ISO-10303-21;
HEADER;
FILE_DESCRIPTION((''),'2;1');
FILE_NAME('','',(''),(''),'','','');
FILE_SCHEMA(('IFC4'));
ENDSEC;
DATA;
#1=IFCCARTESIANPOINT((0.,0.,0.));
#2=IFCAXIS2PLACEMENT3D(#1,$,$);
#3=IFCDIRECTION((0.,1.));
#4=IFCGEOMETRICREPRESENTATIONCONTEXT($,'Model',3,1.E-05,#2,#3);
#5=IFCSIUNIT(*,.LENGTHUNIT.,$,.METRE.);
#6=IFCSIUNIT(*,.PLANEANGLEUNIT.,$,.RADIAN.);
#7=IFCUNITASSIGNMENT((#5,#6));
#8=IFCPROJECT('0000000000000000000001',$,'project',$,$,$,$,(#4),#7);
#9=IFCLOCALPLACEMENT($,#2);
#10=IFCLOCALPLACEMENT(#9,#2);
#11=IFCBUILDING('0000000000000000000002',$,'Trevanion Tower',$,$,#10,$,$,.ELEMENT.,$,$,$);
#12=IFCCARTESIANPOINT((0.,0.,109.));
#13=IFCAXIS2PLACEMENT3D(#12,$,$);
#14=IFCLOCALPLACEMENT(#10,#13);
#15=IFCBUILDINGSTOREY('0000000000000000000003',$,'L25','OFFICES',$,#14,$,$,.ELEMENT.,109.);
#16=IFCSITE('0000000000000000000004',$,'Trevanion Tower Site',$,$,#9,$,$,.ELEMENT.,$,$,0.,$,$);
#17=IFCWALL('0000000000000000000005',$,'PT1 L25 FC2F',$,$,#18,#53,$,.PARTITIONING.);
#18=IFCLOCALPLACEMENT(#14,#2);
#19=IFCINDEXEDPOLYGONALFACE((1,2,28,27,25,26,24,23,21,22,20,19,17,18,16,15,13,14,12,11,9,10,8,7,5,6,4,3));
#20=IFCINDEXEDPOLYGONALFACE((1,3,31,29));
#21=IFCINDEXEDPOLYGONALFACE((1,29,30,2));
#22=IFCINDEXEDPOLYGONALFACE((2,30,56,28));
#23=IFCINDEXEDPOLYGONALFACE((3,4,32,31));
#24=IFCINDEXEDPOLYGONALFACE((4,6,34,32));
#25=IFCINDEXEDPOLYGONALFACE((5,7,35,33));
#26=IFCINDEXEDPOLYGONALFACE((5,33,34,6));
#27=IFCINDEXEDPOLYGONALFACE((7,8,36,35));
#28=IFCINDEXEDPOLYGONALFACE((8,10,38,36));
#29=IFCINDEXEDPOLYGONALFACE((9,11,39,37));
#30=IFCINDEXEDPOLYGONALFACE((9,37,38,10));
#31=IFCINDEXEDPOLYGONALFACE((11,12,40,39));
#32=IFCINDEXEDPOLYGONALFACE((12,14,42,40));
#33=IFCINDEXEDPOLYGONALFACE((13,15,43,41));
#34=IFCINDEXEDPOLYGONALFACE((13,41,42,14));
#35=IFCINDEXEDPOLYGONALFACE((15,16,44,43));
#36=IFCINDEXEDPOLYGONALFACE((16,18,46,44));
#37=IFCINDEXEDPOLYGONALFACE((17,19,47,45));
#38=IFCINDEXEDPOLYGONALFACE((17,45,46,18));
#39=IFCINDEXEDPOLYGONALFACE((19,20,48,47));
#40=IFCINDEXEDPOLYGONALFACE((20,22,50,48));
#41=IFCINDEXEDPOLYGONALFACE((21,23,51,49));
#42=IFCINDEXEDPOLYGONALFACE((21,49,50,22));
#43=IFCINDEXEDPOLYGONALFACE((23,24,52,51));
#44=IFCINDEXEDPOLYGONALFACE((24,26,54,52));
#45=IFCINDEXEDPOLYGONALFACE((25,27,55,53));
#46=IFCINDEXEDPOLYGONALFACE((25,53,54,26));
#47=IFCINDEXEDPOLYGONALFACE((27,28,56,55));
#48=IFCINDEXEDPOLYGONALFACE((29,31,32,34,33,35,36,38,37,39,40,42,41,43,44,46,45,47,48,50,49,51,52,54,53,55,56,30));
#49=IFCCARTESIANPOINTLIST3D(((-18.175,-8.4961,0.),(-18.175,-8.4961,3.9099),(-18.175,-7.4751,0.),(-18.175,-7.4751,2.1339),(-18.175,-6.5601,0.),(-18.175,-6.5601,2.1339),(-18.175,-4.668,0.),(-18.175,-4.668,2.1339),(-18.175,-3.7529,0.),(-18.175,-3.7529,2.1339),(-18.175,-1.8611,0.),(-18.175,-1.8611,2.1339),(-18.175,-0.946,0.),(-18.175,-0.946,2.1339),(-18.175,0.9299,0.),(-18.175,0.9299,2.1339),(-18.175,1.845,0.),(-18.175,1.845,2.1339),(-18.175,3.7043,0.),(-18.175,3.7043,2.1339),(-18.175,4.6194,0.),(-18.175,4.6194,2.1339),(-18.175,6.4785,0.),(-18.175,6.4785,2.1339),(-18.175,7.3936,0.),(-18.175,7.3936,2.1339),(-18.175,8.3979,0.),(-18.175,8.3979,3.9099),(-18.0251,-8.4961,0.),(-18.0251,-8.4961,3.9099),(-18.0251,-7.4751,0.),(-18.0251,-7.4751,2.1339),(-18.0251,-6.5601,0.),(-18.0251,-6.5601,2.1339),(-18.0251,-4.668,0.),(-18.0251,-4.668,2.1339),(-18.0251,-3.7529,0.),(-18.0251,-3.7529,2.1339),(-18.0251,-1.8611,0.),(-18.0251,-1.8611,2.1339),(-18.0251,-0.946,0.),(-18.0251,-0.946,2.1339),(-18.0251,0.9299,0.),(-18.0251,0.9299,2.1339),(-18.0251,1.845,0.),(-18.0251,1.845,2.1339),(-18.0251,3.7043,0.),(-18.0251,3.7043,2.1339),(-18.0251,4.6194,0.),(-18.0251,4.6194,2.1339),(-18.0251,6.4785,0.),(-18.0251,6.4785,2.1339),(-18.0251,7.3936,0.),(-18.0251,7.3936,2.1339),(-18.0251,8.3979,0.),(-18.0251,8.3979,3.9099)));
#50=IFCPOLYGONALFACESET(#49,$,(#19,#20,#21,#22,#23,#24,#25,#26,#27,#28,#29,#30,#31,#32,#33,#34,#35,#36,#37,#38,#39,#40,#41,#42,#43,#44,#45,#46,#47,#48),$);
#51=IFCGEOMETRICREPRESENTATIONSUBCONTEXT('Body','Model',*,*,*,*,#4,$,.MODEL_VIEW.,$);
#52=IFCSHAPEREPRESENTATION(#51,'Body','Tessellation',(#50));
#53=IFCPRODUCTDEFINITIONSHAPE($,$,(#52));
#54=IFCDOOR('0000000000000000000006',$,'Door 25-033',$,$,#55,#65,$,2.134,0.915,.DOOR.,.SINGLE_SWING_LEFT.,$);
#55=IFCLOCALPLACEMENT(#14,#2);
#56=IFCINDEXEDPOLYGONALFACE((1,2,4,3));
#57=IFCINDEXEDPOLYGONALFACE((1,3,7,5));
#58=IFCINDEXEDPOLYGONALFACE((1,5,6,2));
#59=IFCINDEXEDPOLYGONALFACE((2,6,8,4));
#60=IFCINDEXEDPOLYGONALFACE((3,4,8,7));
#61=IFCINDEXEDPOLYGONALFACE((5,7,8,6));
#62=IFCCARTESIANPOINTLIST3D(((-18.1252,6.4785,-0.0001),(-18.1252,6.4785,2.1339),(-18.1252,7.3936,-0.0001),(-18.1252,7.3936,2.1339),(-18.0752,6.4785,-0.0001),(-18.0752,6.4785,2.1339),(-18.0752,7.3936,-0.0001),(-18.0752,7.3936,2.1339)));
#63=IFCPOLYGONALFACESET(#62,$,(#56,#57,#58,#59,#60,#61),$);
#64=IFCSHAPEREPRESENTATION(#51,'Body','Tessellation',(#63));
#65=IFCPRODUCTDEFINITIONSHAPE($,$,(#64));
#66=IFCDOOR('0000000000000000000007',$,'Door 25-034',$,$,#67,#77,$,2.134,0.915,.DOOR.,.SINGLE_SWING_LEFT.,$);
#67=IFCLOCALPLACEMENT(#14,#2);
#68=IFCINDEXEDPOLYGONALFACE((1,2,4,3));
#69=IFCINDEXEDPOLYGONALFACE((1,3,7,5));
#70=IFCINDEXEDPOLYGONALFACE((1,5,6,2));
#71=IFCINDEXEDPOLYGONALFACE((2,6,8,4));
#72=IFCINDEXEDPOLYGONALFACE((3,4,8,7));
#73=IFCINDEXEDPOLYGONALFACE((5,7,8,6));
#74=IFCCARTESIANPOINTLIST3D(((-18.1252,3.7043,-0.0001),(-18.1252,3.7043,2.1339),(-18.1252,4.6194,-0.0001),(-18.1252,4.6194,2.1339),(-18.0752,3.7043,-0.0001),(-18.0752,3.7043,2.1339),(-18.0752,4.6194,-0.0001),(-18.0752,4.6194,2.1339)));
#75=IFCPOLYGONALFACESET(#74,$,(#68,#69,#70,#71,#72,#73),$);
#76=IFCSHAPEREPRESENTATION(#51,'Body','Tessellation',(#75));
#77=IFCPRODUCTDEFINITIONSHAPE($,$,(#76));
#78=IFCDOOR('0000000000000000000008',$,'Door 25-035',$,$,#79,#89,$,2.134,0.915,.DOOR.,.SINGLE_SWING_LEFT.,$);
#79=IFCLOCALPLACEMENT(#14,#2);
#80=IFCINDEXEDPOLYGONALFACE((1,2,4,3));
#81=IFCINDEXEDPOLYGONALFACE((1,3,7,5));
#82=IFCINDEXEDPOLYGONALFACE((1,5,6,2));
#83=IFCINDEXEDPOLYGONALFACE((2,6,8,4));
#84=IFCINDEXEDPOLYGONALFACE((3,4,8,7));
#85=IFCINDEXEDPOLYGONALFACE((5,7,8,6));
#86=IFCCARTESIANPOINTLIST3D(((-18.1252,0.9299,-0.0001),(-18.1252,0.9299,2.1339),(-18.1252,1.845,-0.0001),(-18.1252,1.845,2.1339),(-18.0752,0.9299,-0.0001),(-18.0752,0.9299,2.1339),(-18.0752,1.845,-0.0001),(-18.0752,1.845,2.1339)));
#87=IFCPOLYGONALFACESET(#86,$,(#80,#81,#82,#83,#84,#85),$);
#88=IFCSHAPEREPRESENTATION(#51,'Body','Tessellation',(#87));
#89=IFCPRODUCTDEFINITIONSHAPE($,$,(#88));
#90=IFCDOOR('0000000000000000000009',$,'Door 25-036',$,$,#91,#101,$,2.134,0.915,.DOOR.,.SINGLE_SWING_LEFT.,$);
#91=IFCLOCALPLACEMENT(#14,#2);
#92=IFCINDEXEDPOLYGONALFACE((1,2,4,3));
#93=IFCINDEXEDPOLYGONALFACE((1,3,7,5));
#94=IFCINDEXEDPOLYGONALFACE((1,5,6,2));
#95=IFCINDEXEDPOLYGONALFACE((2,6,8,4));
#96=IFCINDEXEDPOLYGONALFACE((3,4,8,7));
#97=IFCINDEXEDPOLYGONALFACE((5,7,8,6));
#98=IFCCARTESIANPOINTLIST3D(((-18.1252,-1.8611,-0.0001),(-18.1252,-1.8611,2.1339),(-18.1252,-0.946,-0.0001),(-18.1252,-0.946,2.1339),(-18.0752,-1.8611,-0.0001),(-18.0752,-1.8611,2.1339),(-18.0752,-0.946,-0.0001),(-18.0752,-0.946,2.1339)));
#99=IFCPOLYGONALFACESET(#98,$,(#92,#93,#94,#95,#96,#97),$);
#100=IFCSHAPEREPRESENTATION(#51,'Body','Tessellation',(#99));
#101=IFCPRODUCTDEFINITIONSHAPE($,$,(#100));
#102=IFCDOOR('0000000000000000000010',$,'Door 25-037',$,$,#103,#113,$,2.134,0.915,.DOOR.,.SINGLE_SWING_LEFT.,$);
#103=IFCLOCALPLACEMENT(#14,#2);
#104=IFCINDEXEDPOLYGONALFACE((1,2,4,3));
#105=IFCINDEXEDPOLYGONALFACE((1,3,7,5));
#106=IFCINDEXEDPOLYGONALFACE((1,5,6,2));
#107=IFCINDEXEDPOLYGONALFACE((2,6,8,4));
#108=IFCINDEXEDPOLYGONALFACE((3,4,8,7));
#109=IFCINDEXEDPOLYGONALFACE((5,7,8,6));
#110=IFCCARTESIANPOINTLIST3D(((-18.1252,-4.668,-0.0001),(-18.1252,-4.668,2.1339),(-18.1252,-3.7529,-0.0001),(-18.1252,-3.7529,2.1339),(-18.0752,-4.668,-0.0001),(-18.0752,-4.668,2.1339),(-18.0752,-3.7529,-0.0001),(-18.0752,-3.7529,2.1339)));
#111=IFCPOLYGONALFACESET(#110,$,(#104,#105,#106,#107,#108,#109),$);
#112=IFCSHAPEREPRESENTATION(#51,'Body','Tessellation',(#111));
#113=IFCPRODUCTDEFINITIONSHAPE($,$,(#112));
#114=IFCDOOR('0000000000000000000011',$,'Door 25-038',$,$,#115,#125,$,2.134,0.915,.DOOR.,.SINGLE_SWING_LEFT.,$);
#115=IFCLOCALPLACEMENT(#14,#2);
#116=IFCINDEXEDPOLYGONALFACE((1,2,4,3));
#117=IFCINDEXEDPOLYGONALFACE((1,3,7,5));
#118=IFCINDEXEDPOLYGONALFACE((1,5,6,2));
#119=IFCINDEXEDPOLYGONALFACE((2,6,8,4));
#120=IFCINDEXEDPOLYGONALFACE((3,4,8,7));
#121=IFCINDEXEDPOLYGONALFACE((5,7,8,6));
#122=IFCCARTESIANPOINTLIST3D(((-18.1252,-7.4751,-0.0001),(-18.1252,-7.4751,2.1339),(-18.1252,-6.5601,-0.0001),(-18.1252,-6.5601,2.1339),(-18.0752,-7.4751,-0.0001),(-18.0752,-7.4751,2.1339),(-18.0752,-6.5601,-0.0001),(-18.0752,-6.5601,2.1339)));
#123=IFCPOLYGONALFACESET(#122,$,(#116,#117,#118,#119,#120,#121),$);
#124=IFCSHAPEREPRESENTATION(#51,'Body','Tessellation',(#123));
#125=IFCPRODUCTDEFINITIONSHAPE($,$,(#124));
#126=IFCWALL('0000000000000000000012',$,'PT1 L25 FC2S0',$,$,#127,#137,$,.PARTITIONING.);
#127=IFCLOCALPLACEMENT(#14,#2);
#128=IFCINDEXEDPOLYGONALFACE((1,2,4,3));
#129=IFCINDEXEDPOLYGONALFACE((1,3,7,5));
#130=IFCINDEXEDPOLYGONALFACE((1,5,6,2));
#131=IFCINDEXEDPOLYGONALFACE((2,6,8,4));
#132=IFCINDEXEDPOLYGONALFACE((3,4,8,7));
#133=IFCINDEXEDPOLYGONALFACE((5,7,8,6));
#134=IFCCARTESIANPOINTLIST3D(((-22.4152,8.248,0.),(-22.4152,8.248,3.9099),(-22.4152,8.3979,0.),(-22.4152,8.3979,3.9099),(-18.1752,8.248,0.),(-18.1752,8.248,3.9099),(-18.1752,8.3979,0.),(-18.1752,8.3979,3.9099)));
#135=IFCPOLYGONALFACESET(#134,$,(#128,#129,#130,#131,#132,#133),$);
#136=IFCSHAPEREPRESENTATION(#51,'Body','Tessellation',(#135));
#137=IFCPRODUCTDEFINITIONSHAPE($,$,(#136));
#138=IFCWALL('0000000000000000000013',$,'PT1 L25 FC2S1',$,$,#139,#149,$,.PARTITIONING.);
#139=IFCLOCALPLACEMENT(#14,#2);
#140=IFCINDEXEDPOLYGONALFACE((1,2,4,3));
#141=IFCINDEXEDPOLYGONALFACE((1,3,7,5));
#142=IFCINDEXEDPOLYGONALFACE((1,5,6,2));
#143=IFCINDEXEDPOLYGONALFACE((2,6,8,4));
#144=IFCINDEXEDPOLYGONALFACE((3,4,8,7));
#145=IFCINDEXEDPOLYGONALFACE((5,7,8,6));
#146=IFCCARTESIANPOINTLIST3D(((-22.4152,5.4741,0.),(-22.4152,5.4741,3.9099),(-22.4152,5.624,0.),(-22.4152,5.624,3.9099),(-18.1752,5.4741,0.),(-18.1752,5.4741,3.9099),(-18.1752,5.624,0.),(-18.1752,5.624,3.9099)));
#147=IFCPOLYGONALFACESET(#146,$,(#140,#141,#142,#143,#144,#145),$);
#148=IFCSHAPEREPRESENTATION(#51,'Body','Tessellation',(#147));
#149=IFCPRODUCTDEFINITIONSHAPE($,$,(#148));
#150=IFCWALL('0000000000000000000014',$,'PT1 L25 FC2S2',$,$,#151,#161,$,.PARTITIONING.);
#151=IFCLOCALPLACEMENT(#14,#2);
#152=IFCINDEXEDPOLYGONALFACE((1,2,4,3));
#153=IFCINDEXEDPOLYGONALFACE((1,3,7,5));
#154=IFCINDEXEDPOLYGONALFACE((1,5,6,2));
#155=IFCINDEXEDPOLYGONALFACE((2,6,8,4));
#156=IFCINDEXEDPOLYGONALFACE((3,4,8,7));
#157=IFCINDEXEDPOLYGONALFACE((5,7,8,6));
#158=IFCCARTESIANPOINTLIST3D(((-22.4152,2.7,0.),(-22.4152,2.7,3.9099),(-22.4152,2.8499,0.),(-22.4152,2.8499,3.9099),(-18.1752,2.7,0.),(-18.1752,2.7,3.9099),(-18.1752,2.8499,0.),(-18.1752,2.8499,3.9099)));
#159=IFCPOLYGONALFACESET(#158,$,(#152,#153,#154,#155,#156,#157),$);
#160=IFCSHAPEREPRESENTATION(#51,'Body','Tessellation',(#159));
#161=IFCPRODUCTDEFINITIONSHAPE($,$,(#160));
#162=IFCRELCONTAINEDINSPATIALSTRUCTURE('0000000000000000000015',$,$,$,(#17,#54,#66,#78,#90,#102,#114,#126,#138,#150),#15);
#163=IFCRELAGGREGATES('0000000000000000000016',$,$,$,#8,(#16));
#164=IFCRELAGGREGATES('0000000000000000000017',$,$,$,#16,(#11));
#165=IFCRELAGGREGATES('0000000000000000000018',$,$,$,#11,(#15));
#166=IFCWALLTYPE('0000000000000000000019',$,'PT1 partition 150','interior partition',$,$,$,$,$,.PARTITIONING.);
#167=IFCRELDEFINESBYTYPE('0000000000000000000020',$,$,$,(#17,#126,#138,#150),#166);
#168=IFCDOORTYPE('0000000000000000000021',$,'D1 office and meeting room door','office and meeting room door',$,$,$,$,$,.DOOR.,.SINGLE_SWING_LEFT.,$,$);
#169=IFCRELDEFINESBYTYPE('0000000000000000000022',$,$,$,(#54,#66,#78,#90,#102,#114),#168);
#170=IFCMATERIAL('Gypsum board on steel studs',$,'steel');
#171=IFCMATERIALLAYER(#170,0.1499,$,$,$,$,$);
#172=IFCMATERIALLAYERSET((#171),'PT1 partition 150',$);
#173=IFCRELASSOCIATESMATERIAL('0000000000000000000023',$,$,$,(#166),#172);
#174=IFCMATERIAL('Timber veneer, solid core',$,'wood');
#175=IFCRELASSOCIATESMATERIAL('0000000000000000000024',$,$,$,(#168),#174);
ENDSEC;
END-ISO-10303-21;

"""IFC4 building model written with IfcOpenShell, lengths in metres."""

from ifc_helpers import new_model, si_unit, direction, frame, frame_2d, origin, place, context, subcontext, project, spatial, rectangle, extrude, material, layer, layer_set, type_object, element, fill, save


model = new_model("IFC4")

# Units and contexts
model_context = context("Model", 3, precision=1e-05, world=origin(), true_north=direction((0.0, 1.0)))
body_context = subcontext(model_context, "Body", "Model", "MODEL_VIEW")
ifc_project = project(units=[si_unit("LENGTHUNIT", "METRE"), si_unit("PLANEANGLEUNIT", "RADIAN")], contexts=[model_context])

# Site, building, storey
site_placement = place(None, origin())
site = spatial("IfcSite", under=ifc_project, at=site_placement, Name="Trevanion Tower Site", CompositionType="ELEMENT", RefElevation=0.0)
building_placement = place(site_placement, origin())
building = spatial("IfcBuilding", under=site, at=building_placement, Name="Trevanion Tower", CompositionType="ELEMENT")
storey_placement = place(building_placement, frame((0.0, 0.0, 109.0)))
storey = spatial("IfcBuildingStorey", under=building, at=storey_placement, Name="L25", Description="OFFICES", CompositionType="ELEMENT", Elevation=109.0)

# Wall, openings, doors
ifc_material_1 = material(Name="Gypsum board on steel studs", Category="steel")
ifc_layer_1 = layer(ifc_material_1, 0.1499)
ifc_layer_set_1 = layer_set([ifc_layer_1], Name="PT1 partition 150")
wall_type = type_object("IfcWallType", Name="PT1 partition 150", Description="interior partition", PredefinedType="PARTITIONING", material=ifc_layer_set_1)
wall_1_placement = place(storey_placement, frame((-18.1001, 8.3979, 0.0), z_axis=(0.0, 0.0, 1.0), x_axis=(0.0, -1.0, 0.0)))
wall_1 = element("IfcWall", 1, at=wall_1_placement, inside=storey, type_object=wall_type, Name="PT1 L25 FC2F", PredefinedType="PARTITIONING", context=body_context, shape_type="SweptSolid", body=[
    extrude(rectangle(XDim=16.894, YDim=0.1499, at=frame_2d((8.447, 0.0))), origin(), (0.0, 0.0, 1.0), 3.9099),
])
opening_1_placement = place(wall_1_placement, frame((1.0044, 0.0, 0.0)))
opening_1 = element("IfcOpeningElement", 2, at=opening_1_placement, cuts=wall_1, PredefinedType="OPENING", context=body_context, shape_type="SweptSolid", body=[
    extrude(rectangle(XDim=0.915, YDim=2.134, at=frame_2d((0.4575, 1.0669))), frame((0.0, 0.085, 0.0), z_axis=(0.0, -1.0, 0.0), x_axis=(1.0, 0.0, 0.0)), (0.0, 0.0, 1.0), 0.1699),
])
opening_2_placement = place(wall_1_placement, frame((3.7786, 0.0, 0.0)))
opening_2 = element("IfcOpeningElement", 3, at=opening_2_placement, cuts=wall_1, PredefinedType="OPENING", context=body_context, shape_type="SweptSolid", body=[
    extrude(rectangle(XDim=0.915, YDim=2.134, at=frame_2d((0.4575, 1.0669))), frame((0.0, 0.085, 0.0), z_axis=(0.0, -1.0, 0.0), x_axis=(1.0, 0.0, 0.0)), (0.0, 0.0, 1.0), 0.1699),
])
opening_3_placement = place(wall_1_placement, frame((6.553, 0.0, 0.0)))
opening_3 = element("IfcOpeningElement", 4, at=opening_3_placement, cuts=wall_1, PredefinedType="OPENING", context=body_context, shape_type="SweptSolid", body=[
    extrude(rectangle(XDim=0.915, YDim=2.134, at=frame_2d((0.4575, 1.0669))), frame((0.0, 0.085, 0.0), z_axis=(0.0, -1.0, 0.0), x_axis=(1.0, 0.0, 0.0)), (0.0, 0.0, 1.0), 0.1699),
])
opening_4_placement = place(wall_1_placement, frame((9.344, 0.0, 0.0)))
opening_4 = element("IfcOpeningElement", 5, at=opening_4_placement, cuts=wall_1, PredefinedType="OPENING", context=body_context, shape_type="SweptSolid", body=[
    extrude(rectangle(XDim=0.915, YDim=2.134, at=frame_2d((0.4575, 1.0669))), frame((0.0, 0.085, 0.0), z_axis=(0.0, -1.0, 0.0), x_axis=(1.0, 0.0, 0.0)), (0.0, 0.0, 1.0), 0.1699),
])
opening_5_placement = place(wall_1_placement, frame((12.1509, 0.0, 0.0)))
opening_5 = element("IfcOpeningElement", 6, at=opening_5_placement, cuts=wall_1, PredefinedType="OPENING", context=body_context, shape_type="SweptSolid", body=[
    extrude(rectangle(XDim=0.915, YDim=2.134, at=frame_2d((0.4575, 1.0669))), frame((0.0, 0.085, 0.0), z_axis=(0.0, -1.0, 0.0), x_axis=(1.0, 0.0, 0.0)), (0.0, 0.0, 1.0), 0.1699),
])
opening_6_placement = place(wall_1_placement, frame((14.958, 0.0, 0.0)))
opening_6 = element("IfcOpeningElement", 7, at=opening_6_placement, cuts=wall_1, PredefinedType="OPENING", context=body_context, shape_type="SweptSolid", body=[
    extrude(rectangle(XDim=0.915, YDim=2.134, at=frame_2d((0.4575, 1.0669))), frame((0.0, 0.085, 0.0), z_axis=(0.0, -1.0, 0.0), x_axis=(1.0, 0.0, 0.0)), (0.0, 0.0, 1.0), 0.1699),
])
ifc_material_2 = material(Name="Timber veneer, solid core", Category="wood")
door_type = type_object("IfcDoorType", Name="D1 office and meeting room door", Description="office and meeting room door", OperationType="SINGLE_SWING_LEFT", PredefinedType="DOOR", material=ifc_material_2)
door_1_placement = place(opening_1_placement, origin())
door_1 = element("IfcDoor", 8, at=door_1_placement, inside=storey, type_object=door_type, Name="Door 25-033", OperationType="SINGLE_SWING_LEFT", OverallHeight=2.134, OverallWidth=0.915, PredefinedType="DOOR", context=body_context, shape_type="SweptSolid", body=[
    extrude(rectangle(XDim=0.915, YDim=2.134, at=frame_2d((0.4575, 1.0669))), frame((0.0, 0.0249, 0.0), z_axis=(0.0, -1.0, 0.0), x_axis=(1.0, 0.0, 0.0)), (0.0, 0.0, 1.0), 0.05),
])
fill(opening_1, door_1)
door_2_placement = place(opening_2_placement, origin())
door_2 = element("IfcDoor", 9, at=door_2_placement, inside=storey, type_object=door_type, Name="Door 25-034", OperationType="SINGLE_SWING_LEFT", OverallHeight=2.134, OverallWidth=0.915, PredefinedType="DOOR", context=body_context, shape_type="SweptSolid", body=[
    extrude(rectangle(XDim=0.915, YDim=2.134, at=frame_2d((0.4575, 1.0669))), frame((0.0, 0.0249, 0.0), z_axis=(0.0, -1.0, 0.0), x_axis=(1.0, 0.0, 0.0)), (0.0, 0.0, 1.0), 0.05),
])
fill(opening_2, door_2)
door_3_placement = place(opening_3_placement, origin())
door_3 = element("IfcDoor", 10, at=door_3_placement, inside=storey, type_object=door_type, Name="Door 25-035", OperationType="SINGLE_SWING_LEFT", OverallHeight=2.134, OverallWidth=0.915, PredefinedType="DOOR", context=body_context, shape_type="SweptSolid", body=[
    extrude(rectangle(XDim=0.915, YDim=2.134, at=frame_2d((0.4575, 1.0669))), frame((0.0, 0.0249, 0.0), z_axis=(0.0, -1.0, 0.0), x_axis=(1.0, 0.0, 0.0)), (0.0, 0.0, 1.0), 0.05),
])
fill(opening_3, door_3)
door_4_placement = place(opening_4_placement, origin())
door_4 = element("IfcDoor", 11, at=door_4_placement, inside=storey, type_object=door_type, Name="Door 25-036", OperationType="SINGLE_SWING_LEFT", OverallHeight=2.134, OverallWidth=0.915, PredefinedType="DOOR", context=body_context, shape_type="SweptSolid", body=[
    extrude(rectangle(XDim=0.915, YDim=2.134, at=frame_2d((0.4575, 1.0669))), frame((0.0, 0.0249, 0.0), z_axis=(0.0, -1.0, 0.0), x_axis=(1.0, 0.0, 0.0)), (0.0, 0.0, 1.0), 0.05),
])
fill(opening_4, door_4)
door_5_placement = place(opening_5_placement, origin())
door_5 = element("IfcDoor", 12, at=door_5_placement, inside=storey, type_object=door_type, Name="Door 25-037", OperationType="SINGLE_SWING_LEFT", OverallHeight=2.134, OverallWidth=0.915, PredefinedType="DOOR", context=body_context, shape_type="SweptSolid", body=[
    extrude(rectangle(XDim=0.915, YDim=2.134, at=frame_2d((0.4575, 1.0669))), frame((0.0, 0.0249, 0.0), z_axis=(0.0, -1.0, 0.0), x_axis=(1.0, 0.0, 0.0)), (0.0, 0.0, 1.0), 0.05),
])
fill(opening_5, door_5)
door_6_placement = place(opening_6_placement, origin())
door_6 = element("IfcDoor", 13, at=door_6_placement, inside=storey, type_object=door_type, Name="Door 25-038", OperationType="SINGLE_SWING_LEFT", OverallHeight=2.134, OverallWidth=0.915, PredefinedType="DOOR", context=body_context, shape_type="SweptSolid", body=[
    extrude(rectangle(XDim=0.915, YDim=2.134, at=frame_2d((0.4575, 1.0669))), frame((0.0, 0.0249, 0.0), z_axis=(0.0, -1.0, 0.0), x_axis=(1.0, 0.0, 0.0)), (0.0, 0.0, 1.0), 0.05),
])
fill(opening_6, door_6)

# Walls
for number, where, z_axis, x_axis, name in (
    (14, (-18.175, 8.323, 0.0), (0.0, 0.0, 1.0), (-1.0, 0.0, 0.0), "PT1 L25 FC2S0"),
    (15, (-18.175, 5.5491, 0.0), (0.0, 0.0, 1.0), (-1.0, 0.0, 0.0), "PT1 L25 FC2S1"),
    (16, (-18.175, 2.7749, 0.0), (0.0, 0.0, 1.0), (-1.0, 0.0, 0.0), "PT1 L25 FC2S2"),
):
    element("IfcWall", number, at=place(storey_placement, frame(where, z_axis=z_axis, x_axis=x_axis)), inside=storey, type_object=wall_type, Name=name, PredefinedType="PARTITIONING", context=body_context, shape_type="SweptSolid", body=[
        extrude(rectangle(XDim=4.24, YDim=0.1499, at=frame_2d((2.1201, 0.0))), origin(), (0.0, 0.0, 1.0), 3.9099),
    ])

save(model, "model.ifc")
